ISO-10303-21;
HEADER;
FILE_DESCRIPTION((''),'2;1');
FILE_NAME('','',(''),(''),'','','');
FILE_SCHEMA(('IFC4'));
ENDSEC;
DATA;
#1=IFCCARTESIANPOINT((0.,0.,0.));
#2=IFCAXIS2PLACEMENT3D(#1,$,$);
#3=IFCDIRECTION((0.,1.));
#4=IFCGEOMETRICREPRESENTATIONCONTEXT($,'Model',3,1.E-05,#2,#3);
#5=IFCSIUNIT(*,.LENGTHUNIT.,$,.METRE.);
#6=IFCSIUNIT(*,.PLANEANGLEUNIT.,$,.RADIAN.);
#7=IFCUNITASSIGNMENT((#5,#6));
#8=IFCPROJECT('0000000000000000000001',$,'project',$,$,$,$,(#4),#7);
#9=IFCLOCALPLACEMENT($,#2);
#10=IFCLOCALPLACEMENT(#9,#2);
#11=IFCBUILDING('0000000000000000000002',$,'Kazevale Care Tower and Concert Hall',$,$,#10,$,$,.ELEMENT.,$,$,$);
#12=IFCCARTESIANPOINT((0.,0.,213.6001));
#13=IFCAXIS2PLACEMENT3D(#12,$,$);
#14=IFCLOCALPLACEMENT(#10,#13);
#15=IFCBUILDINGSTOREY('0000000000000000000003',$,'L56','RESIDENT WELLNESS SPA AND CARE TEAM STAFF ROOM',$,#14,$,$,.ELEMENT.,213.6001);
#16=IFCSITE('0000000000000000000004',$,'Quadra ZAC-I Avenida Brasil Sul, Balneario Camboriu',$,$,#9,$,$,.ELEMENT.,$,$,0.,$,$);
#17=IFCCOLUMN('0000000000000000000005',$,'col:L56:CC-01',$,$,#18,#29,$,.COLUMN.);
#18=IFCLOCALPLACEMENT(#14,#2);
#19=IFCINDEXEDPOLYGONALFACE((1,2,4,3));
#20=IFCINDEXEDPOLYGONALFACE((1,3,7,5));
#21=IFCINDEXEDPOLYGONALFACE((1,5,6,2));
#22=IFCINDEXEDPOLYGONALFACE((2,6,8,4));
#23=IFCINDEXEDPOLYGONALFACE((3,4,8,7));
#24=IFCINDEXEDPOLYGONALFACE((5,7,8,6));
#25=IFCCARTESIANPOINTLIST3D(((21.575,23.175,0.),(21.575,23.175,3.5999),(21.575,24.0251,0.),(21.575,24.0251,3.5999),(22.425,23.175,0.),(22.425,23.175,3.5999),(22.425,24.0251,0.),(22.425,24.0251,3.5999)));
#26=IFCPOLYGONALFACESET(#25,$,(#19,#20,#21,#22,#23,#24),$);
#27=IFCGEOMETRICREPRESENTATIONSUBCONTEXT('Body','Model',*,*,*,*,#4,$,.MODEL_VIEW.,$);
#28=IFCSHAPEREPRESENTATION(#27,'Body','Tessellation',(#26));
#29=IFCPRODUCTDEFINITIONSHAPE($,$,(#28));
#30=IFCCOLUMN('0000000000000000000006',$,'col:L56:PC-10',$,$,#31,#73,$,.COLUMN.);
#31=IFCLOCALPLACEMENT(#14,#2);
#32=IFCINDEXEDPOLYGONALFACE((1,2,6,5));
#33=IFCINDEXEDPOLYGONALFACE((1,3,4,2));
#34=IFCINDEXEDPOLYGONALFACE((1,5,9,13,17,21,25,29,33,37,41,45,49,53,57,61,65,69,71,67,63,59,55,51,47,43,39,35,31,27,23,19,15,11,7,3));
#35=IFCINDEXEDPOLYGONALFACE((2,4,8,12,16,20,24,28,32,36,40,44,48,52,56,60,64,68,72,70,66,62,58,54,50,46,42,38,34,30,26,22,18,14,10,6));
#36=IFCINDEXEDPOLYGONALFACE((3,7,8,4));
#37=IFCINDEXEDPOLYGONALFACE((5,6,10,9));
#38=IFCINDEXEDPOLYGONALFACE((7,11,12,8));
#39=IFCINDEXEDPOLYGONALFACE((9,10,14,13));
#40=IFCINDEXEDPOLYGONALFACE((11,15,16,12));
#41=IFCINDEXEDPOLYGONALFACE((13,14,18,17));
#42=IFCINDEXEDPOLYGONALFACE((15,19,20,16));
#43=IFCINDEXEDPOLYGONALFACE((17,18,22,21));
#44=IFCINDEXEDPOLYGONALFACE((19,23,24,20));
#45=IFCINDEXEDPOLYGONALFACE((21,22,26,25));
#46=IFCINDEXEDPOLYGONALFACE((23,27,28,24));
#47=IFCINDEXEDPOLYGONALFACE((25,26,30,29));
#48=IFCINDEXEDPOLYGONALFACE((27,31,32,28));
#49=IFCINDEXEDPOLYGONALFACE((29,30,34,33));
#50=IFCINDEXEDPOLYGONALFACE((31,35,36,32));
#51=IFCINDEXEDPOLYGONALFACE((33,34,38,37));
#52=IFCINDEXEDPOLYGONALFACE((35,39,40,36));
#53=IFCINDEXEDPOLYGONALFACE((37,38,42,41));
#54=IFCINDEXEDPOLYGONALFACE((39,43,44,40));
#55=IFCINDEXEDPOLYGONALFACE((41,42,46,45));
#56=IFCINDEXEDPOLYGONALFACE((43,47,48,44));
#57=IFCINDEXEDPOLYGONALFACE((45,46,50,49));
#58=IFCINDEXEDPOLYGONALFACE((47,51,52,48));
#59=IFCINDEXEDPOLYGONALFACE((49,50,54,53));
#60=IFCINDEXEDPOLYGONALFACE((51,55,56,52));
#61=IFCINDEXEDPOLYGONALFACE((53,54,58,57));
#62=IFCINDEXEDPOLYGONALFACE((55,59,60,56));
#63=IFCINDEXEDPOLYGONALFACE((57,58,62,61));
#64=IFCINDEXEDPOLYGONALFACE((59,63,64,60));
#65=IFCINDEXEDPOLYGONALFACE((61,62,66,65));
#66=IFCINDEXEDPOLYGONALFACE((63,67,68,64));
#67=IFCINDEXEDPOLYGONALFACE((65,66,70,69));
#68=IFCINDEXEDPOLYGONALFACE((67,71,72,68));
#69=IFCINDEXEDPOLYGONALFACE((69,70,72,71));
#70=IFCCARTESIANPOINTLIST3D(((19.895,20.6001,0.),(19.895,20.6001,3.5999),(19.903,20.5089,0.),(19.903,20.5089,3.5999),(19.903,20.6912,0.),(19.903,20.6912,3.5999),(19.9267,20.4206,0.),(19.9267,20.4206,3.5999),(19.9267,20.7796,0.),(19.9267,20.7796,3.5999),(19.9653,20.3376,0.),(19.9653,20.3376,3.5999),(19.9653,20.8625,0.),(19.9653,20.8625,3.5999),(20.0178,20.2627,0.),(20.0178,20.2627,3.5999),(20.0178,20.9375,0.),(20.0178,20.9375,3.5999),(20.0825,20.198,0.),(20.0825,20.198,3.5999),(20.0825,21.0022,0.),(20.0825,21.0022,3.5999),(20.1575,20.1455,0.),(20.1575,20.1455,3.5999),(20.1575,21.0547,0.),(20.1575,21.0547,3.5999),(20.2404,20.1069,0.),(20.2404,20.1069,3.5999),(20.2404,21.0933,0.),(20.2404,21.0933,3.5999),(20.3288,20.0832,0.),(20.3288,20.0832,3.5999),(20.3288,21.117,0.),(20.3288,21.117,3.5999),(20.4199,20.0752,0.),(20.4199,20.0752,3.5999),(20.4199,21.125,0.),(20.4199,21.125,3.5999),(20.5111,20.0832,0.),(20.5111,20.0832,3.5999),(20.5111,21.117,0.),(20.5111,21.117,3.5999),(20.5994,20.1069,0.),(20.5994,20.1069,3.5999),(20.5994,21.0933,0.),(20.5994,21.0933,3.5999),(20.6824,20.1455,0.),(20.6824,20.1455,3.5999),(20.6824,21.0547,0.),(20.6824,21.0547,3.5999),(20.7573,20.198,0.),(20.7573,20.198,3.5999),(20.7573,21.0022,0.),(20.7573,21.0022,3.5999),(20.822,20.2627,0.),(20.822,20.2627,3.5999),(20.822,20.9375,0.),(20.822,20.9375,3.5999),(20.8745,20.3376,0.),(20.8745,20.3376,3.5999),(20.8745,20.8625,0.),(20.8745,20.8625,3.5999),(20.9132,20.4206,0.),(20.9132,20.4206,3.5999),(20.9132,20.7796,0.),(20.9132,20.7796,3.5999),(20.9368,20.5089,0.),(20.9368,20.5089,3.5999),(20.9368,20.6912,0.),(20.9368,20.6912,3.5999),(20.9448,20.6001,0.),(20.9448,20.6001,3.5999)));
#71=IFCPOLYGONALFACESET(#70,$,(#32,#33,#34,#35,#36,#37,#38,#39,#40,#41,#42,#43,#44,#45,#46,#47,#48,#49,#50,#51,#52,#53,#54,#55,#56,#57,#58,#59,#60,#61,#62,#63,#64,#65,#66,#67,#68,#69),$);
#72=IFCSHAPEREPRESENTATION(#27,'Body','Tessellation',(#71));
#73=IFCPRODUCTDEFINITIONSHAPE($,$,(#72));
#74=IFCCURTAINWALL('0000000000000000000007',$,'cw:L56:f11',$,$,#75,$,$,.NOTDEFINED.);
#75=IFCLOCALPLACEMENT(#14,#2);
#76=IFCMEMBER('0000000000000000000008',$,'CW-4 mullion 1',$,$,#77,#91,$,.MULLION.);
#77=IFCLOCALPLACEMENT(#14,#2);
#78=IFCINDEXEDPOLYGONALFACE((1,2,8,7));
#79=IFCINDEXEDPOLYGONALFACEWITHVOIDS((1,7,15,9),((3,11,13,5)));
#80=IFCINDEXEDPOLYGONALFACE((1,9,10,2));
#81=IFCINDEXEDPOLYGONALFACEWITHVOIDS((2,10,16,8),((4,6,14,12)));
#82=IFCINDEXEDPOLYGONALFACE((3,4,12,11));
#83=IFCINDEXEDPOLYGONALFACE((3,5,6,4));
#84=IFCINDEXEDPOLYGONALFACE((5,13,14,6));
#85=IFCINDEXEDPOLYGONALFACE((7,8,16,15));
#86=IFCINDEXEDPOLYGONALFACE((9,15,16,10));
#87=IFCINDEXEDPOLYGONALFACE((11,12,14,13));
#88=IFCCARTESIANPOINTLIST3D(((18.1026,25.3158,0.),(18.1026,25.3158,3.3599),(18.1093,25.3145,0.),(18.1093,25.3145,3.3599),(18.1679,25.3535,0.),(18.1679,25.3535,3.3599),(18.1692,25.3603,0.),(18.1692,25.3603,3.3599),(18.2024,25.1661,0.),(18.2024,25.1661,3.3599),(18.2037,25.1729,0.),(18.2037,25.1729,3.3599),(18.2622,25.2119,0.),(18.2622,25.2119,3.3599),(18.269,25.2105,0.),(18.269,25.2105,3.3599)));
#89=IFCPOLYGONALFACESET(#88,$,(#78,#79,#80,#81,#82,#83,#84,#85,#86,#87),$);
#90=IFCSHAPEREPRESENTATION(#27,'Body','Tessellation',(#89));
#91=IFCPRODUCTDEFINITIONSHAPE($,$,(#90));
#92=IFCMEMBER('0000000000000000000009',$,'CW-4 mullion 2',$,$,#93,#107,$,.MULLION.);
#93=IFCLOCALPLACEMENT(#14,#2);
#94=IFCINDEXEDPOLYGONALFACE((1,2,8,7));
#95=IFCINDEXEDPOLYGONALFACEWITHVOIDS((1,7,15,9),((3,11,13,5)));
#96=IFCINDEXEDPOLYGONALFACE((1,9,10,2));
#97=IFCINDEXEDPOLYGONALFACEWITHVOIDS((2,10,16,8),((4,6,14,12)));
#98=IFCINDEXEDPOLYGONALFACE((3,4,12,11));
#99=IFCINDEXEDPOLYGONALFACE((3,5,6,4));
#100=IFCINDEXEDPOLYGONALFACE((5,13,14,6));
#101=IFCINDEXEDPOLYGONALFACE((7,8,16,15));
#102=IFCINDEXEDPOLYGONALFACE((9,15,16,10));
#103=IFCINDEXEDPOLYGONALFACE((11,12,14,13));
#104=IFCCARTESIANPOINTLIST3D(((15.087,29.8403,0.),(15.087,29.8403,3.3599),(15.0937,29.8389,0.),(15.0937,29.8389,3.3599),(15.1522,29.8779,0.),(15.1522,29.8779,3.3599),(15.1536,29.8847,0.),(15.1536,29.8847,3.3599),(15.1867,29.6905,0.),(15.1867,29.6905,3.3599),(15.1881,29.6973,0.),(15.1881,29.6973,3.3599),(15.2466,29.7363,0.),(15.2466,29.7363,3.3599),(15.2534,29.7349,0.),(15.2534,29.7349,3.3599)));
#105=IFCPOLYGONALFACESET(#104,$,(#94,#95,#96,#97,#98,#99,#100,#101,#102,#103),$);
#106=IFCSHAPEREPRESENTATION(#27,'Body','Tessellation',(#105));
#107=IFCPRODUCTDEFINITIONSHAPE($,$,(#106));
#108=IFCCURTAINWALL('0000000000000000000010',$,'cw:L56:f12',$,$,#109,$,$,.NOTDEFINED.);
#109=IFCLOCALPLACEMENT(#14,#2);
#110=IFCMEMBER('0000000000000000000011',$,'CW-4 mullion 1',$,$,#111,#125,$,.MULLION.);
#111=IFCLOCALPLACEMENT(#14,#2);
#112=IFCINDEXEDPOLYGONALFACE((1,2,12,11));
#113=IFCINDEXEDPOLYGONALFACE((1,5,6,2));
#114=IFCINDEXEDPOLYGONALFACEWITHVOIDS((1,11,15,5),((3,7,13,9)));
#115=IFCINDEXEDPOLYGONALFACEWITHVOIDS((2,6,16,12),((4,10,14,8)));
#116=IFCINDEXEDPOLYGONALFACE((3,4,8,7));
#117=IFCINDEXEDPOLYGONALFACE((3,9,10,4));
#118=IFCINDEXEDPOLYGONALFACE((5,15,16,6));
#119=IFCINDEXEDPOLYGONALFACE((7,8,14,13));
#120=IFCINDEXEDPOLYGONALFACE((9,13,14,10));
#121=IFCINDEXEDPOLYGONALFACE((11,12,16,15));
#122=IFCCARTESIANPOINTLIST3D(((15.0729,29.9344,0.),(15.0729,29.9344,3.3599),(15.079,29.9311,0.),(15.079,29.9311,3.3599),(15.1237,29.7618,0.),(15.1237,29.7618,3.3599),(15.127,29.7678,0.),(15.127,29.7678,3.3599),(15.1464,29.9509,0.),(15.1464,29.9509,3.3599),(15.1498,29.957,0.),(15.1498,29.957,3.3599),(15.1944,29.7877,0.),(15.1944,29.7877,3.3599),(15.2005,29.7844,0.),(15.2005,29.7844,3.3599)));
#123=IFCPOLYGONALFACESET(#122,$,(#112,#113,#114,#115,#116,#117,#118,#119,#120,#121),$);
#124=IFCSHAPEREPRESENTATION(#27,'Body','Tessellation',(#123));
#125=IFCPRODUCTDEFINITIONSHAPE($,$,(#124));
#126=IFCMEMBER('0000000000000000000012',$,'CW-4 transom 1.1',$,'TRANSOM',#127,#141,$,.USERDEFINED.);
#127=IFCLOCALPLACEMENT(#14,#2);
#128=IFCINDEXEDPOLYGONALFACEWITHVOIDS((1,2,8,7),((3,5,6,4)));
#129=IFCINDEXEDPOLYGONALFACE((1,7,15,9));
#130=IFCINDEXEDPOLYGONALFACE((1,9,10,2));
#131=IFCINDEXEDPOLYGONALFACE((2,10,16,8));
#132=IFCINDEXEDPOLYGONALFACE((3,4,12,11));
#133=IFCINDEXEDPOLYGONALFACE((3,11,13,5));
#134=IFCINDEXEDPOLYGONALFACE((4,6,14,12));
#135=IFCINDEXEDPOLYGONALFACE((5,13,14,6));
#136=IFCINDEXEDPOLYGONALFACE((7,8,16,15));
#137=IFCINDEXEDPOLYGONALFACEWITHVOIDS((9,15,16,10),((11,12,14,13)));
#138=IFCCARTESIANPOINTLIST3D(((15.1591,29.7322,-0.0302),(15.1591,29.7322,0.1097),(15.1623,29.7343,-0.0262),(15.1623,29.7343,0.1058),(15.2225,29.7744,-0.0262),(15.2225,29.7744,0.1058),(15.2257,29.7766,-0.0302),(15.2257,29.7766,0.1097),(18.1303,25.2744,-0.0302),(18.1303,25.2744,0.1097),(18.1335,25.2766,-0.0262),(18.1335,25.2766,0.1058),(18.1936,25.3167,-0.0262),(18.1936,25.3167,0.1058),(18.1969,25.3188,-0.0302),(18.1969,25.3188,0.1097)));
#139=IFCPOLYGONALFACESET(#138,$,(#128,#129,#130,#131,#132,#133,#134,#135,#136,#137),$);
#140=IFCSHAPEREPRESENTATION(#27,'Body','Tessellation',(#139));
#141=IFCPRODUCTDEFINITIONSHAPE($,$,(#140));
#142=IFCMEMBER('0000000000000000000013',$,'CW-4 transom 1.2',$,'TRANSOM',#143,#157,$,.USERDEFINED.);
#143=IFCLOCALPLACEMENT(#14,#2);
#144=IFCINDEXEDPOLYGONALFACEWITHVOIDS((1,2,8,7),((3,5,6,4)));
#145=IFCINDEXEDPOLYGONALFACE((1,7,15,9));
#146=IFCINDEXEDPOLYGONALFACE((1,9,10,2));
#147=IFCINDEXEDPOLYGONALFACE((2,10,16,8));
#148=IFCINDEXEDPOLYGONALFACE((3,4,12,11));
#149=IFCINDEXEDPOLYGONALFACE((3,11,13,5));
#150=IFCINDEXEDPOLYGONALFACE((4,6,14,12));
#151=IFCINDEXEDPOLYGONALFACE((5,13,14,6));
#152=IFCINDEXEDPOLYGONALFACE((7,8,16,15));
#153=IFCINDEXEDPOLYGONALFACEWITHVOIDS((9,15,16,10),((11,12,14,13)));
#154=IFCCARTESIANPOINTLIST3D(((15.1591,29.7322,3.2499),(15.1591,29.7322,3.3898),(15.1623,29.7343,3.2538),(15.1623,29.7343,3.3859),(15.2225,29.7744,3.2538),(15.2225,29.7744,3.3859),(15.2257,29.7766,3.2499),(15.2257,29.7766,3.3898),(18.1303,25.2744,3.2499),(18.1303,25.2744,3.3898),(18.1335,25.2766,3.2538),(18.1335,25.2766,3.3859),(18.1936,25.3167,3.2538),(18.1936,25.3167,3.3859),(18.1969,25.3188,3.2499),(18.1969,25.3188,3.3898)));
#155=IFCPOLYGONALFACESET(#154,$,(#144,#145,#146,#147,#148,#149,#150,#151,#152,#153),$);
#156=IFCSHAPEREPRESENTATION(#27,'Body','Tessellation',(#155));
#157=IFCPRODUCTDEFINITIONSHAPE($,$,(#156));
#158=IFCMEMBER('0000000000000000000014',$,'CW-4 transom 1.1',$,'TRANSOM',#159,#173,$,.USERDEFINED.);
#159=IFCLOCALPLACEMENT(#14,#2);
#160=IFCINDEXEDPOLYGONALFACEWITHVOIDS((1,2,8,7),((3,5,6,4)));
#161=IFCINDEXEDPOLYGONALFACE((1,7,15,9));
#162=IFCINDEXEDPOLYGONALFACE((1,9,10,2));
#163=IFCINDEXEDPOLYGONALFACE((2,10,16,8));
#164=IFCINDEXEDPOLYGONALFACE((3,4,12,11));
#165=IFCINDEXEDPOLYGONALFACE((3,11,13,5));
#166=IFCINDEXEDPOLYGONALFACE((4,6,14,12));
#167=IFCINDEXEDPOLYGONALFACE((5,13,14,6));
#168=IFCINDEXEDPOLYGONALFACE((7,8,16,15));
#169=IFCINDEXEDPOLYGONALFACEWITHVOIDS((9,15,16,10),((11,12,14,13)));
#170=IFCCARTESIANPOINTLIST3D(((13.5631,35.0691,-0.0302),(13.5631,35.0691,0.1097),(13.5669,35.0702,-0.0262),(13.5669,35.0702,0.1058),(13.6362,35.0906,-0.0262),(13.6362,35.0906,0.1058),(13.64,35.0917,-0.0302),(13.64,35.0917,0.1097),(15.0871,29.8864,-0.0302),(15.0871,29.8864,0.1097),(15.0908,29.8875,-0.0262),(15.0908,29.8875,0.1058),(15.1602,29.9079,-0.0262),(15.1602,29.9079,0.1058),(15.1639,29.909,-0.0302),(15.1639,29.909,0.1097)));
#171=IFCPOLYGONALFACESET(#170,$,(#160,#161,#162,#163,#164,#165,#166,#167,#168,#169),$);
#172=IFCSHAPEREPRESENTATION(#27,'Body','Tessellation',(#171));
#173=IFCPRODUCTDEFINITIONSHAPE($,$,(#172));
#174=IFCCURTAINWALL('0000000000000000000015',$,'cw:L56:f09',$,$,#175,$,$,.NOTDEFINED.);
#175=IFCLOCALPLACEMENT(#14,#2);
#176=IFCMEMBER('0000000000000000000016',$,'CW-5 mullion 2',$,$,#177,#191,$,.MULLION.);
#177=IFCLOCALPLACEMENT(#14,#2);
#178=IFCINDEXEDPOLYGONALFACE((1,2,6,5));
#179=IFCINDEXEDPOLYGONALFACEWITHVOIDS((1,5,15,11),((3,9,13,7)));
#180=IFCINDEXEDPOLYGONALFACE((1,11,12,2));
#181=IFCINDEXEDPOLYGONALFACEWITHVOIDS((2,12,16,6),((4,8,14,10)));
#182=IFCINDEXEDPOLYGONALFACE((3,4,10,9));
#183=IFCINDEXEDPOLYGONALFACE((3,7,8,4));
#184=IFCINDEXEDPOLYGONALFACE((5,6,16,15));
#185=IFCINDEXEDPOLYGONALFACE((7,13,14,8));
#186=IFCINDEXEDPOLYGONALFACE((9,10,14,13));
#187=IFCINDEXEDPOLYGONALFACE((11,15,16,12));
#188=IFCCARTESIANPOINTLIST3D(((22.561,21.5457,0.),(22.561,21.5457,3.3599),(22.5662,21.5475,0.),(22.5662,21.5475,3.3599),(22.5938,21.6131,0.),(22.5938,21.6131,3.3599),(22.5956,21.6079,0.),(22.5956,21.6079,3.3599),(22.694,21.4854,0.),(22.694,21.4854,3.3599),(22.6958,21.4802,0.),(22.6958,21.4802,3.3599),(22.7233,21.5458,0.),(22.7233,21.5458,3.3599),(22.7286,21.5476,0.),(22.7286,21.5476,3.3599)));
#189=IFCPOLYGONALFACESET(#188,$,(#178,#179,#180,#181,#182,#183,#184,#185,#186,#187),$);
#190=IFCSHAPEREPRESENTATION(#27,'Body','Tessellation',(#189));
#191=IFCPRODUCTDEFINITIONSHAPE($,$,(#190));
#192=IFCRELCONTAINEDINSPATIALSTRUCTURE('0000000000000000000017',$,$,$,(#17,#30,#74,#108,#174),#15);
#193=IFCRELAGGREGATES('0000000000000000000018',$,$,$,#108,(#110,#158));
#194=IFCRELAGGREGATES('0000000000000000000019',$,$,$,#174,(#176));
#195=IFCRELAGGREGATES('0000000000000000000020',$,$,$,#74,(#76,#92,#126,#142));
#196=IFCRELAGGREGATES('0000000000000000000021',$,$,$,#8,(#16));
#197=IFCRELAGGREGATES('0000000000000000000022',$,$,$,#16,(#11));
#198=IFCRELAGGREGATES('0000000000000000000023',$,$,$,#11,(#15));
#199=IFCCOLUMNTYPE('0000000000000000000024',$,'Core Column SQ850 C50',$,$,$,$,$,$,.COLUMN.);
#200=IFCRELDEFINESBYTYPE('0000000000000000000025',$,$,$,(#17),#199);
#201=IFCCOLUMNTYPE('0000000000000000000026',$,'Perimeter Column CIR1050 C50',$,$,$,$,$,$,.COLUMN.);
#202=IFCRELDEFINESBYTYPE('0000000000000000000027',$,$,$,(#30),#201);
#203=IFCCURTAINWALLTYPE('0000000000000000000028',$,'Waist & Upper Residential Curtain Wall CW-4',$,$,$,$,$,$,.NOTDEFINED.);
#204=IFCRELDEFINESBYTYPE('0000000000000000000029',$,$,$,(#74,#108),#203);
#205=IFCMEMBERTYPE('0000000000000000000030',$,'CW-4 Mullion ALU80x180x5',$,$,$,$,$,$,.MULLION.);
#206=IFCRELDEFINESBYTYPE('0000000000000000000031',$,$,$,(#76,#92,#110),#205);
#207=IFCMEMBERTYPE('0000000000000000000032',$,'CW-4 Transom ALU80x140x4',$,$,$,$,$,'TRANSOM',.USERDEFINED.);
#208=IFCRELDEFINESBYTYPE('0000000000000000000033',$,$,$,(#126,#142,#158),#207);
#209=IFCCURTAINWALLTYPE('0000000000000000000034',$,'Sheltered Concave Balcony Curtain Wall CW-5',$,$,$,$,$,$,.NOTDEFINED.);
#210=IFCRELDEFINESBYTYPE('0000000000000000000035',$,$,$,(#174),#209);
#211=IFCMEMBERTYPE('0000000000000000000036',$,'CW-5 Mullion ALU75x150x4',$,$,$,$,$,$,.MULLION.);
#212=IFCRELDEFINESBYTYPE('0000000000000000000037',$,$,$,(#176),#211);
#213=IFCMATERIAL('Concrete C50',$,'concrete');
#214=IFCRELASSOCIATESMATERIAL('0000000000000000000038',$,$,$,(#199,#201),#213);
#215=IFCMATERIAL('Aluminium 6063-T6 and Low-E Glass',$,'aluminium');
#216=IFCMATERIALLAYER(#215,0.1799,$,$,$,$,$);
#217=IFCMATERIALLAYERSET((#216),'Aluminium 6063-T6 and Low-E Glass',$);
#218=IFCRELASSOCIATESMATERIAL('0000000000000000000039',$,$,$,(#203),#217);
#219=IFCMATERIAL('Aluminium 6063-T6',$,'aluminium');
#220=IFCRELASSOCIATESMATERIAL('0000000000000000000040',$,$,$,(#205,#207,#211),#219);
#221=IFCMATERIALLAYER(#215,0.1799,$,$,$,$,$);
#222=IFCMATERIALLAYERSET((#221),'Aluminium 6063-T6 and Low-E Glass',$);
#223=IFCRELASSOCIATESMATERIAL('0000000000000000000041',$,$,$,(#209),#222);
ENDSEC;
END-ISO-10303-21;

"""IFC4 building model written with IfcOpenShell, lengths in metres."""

from ifc_helpers import new_model, si_unit, direction, frame, origin, origin_2d, place, context, subcontext, project, spatial, rectangle, hollow_rectangle, circle, extrude, material, layer, layer_set, material_profile, profile_set, type_object, element, aggregate, save


model = new_model("IFC4")

# Units and contexts
model_context = context("Model", 3, precision=1e-05, world=origin(), true_north=direction((0.0, 1.0)))
body_context = subcontext(model_context, "Body", "Model", "MODEL_VIEW")
ifc_project = project(units=[si_unit("LENGTHUNIT", "METRE"), si_unit("PLANEANGLEUNIT", "RADIAN")], contexts=[model_context])

# Site, building, storey
site_placement = place(None, origin())
site = spatial("IfcSite", under=ifc_project, at=site_placement, Name="Quadra ZAC-I Avenida Brasil Sul, Balneario Camboriu", CompositionType="ELEMENT", RefElevation=0.0)
building_placement = place(site_placement, origin())
building = spatial("IfcBuilding", under=site, at=building_placement, Name="Kazevale Care Tower and Concert Hall", CompositionType="ELEMENT")
storey_placement = place(building_placement, frame((0.0, 0.0, 213.6001)))
storey = spatial("IfcBuildingStorey", under=building, at=storey_placement, Name="L56", Description="RESIDENT WELLNESS SPA AND CARE TEAM STAFF ROOM", CompositionType="ELEMENT", Elevation=213.6001)

# Columns
ifc_material_1 = material(Name="Concrete C50", Category="concrete")
ifc_material_profile_1 = material_profile(ifc_material_1, rectangle(XDim=0.8501, YDim=0.8501, at=origin_2d()), Name="RC-SQ850")
ifc_profile_set_1 = profile_set([ifc_material_profile_1], Name="Concrete C50")
column_type_1 = type_object("IfcColumnType", Name="Core Column SQ850 C50", PredefinedType="COLUMN", material=ifc_profile_set_1)
column_1_placement = place(storey_placement, frame((22.0, 23.6001, 0.0), z_axis=(0.0, 0.0, 1.0), x_axis=(1.0, 0.0, 0.0)))
element("IfcColumn", 1, at=column_1_placement, inside=storey, type_object=column_type_1, Name="col:L56:CC-01", PredefinedType="COLUMN", context=body_context, shape_type="SweptSolid", body=[
    extrude(rectangle(XDim=0.8501, YDim=0.8501, at=origin_2d()), origin(), (0.0, 0.0, 1.0), 3.5999),
])
ifc_material_profile_2 = material_profile(ifc_material_1, circle(Radius=0.5249, at=origin_2d()), Name="RC-CIR1050")
ifc_profile_set_2 = profile_set([ifc_material_profile_2], Name="Concrete C50")
column_type_2 = type_object("IfcColumnType", Name="Perimeter Column CIR1050 C50", PredefinedType="COLUMN", material=ifc_profile_set_2)
column_2_placement = place(storey_placement, frame((20.4199, 20.6001, 0.0), z_axis=(0.0, 0.0, 1.0), x_axis=(1.0, 0.0, 0.0)))
element("IfcColumn", 2, at=column_2_placement, inside=storey, type_object=column_type_2, Name="col:L56:PC-10", PredefinedType="COLUMN", context=body_context, shape_type="SweptSolid", body=[
    extrude(circle(Radius=0.5249, at=origin_2d()), origin(), (0.0, 0.0, 1.0), 3.5999),
])

# Curtain wall, members
ifc_material_2 = material(Name="Aluminium 6063-T6 and Low-E Glass", Category="aluminium")
ifc_layer_1 = layer(ifc_material_2, 0.1799)
ifc_layer_set_1 = layer_set([ifc_layer_1], Name="Aluminium 6063-T6 and Low-E Glass")
curtain_wall_type_1 = type_object("IfcCurtainWallType", Name="Waist & Upper Residential Curtain Wall CW-4", PredefinedType="NOTDEFINED", material=ifc_layer_set_1)
curtain_wall_1_placement = place(storey_placement, origin())
curtain_wall_1 = element("IfcCurtainWall", 3, at=curtain_wall_1_placement, inside=storey, type_object=curtain_wall_type_1, Name="cw:L56:f11", PredefinedType="NOTDEFINED")
ifc_material_3 = material(Name="Aluminium 6063-T6", Category="aluminium")
ifc_material_profile_3 = material_profile(ifc_material_3, hollow_rectangle(XDim=0.0801, YDim=0.1799, WallThickness=0.0049, at=origin_2d()), Name="ALU80x180x5")
ifc_profile_set_3 = profile_set([ifc_material_profile_3], Name="Aluminium 6063-T6")
member_type_1 = type_object("IfcMemberType", Name="CW-4 Mullion ALU80x180x5", PredefinedType="MULLION", material=ifc_profile_set_3)
member_1_placement = place(storey_placement, frame((18.1858, 25.2632, 0.0), z_axis=(0.0, 0.0, 1.0), x_axis=(-0.832106, -0.554617, 0.0)))
member_1 = element("IfcMember", 4, at=member_1_placement, type_object=member_type_1, Name="CW-4 mullion 1", PredefinedType="MULLION", context=body_context, shape_type="SweptSolid", body=[
    extrude(hollow_rectangle(XDim=0.0801, YDim=0.1799, WallThickness=0.0049, at=origin_2d()), origin(), (0.0, 0.0, 1.0), 3.3599),
])
member_2_placement = place(storey_placement, frame((15.1702, 29.7876, 0.0), z_axis=(0.0, 0.0, 1.0), x_axis=(-0.832106, -0.554617, 0.0)))
member_2 = element("IfcMember", 5, at=member_2_placement, type_object=member_type_1, Name="CW-4 mullion 2", PredefinedType="MULLION", context=body_context, shape_type="SweptSolid", body=[
    extrude(hollow_rectangle(XDim=0.0801, YDim=0.1799, WallThickness=0.0049, at=origin_2d()), origin(), (0.0, 0.0, 1.0), 3.3599),
])

# Curtain wall, member
curtain_wall_2_placement = place(storey_placement, origin())
curtain_wall_2 = element("IfcCurtainWall", 6, at=curtain_wall_2_placement, inside=storey, type_object=curtain_wall_type_1, Name="cw:L56:f12", PredefinedType="NOTDEFINED")
member_3_placement = place(storey_placement, frame((15.1367, 29.8594, 0.0), z_axis=(0.0, 0.0, 1.0), x_axis=(-0.959386, -0.282098, 0.0)))
member_3 = element("IfcMember", 7, at=member_3_placement, type_object=member_type_1, Name="CW-4 mullion 1", PredefinedType="MULLION", context=body_context, shape_type="SweptSolid", body=[
    extrude(hollow_rectangle(XDim=0.0801, YDim=0.1799, WallThickness=0.0049, at=origin_2d()), origin(), (0.0, 0.0, 1.0), 3.3599),
])

# Members
ifc_material_profile_4 = material_profile(ifc_material_3, hollow_rectangle(XDim=0.0801, YDim=0.1399, WallThickness=0.0039, at=origin_2d()), Name="ALU80x140x4")
ifc_profile_set_4 = profile_set([ifc_material_profile_4], Name="Aluminium 6063-T6")
member_type_2 = type_object("IfcMemberType", Name="CW-4 Transom ALU80x140x4", ElementType="TRANSOM", PredefinedType="USERDEFINED", material=ifc_profile_set_4)
member_4_placement = place(storey_placement, frame((18.1636, 25.2966, 0.0398), z_axis=(-0.554616, 0.832106, 0.0), x_axis=(-0.832106, -0.554616, 0.0)))
member_4 = element("IfcMember", 8, at=member_4_placement, type_object=member_type_2, Name="CW-4 transom 1.1", ObjectType="TRANSOM", PredefinedType="USERDEFINED", context=body_context, shape_type="SweptSolid", body=[
    extrude(hollow_rectangle(XDim=0.0801, YDim=0.1399, WallThickness=0.0039, at=origin_2d()), origin(), (0.0, 0.0, 1.0), 5.3572),
])
member_5_placement = place(storey_placement, frame((18.1636, 25.2966, 3.3198), z_axis=(-0.554616, 0.832106, 0.0), x_axis=(-0.832106, -0.554616, 0.0)))
member_5 = element("IfcMember", 9, at=member_5_placement, type_object=member_type_2, Name="CW-4 transom 1.2", ObjectType="TRANSOM", PredefinedType="USERDEFINED", context=body_context, shape_type="SweptSolid", body=[
    extrude(hollow_rectangle(XDim=0.0801, YDim=0.1399, WallThickness=0.0039, at=origin_2d()), origin(), (0.0, 0.0, 1.0), 5.3572),
])
member_6_placement = place(storey_placement, frame((15.1255, 29.8977, 0.0398), z_axis=(-0.282103, 0.959384, 0.0), x_axis=(-0.959384, -0.282103, 0.0)))
member_6 = element("IfcMember", 10, at=member_6_placement, type_object=member_type_2, Name="CW-4 transom 1.1", ObjectType="TRANSOM", PredefinedType="USERDEFINED", context=body_context, shape_type="SweptSolid", body=[
    extrude(hollow_rectangle(XDim=0.0801, YDim=0.1399, WallThickness=0.0039, at=origin_2d()), origin(), (0.0, 0.0, 1.0), 5.4021),
])
aggregate(curtain_wall_2, [member_3, member_6])

# Curtain wall, member
ifc_layer_2 = layer(ifc_material_2, 0.1799)
ifc_layer_set_2 = layer_set([ifc_layer_2], Name="Aluminium 6063-T6 and Low-E Glass")
curtain_wall_type_2 = type_object("IfcCurtainWallType", Name="Sheltered Concave Balcony Curtain Wall CW-5", PredefinedType="NOTDEFINED", material=ifc_layer_set_2)
curtain_wall_3_placement = place(storey_placement, origin())
curtain_wall_3 = element("IfcCurtainWall", 11, at=curtain_wall_3_placement, inside=storey, type_object=curtain_wall_type_2, Name="cw:L56:f09", PredefinedType="NOTDEFINED")
ifc_material_profile_5 = material_profile(ifc_material_3, hollow_rectangle(XDim=0.075, YDim=0.1499, WallThickness=0.0039, at=origin_2d()), Name="ALU75x150x4")
ifc_profile_set_5 = profile_set([ifc_material_profile_5], Name="Aluminium 6063-T6")
member_type_3 = type_object("IfcMemberType", Name="CW-5 Mullion ALU75x150x4", PredefinedType="MULLION", material=ifc_profile_set_5)
member_7_placement = place(storey_placement, frame((22.6448, 21.5466, 0.0), z_axis=(0.0, 0.0, 1.0), x_axis=(-0.437238, -0.899346, 0.0)))
member_7 = element("IfcMember", 12, at=member_7_placement, type_object=member_type_3, Name="CW-5 mullion 2", PredefinedType="MULLION", context=body_context, shape_type="SweptSolid", body=[
    extrude(hollow_rectangle(XDim=0.075, YDim=0.1499, WallThickness=0.0039, at=origin_2d()), origin(), (0.0, 0.0, 1.0), 3.3599),
])
aggregate(curtain_wall_3, [member_7])

aggregate(curtain_wall_1, [member_1, member_2, member_4, member_5])

save(model, "model.ifc")
